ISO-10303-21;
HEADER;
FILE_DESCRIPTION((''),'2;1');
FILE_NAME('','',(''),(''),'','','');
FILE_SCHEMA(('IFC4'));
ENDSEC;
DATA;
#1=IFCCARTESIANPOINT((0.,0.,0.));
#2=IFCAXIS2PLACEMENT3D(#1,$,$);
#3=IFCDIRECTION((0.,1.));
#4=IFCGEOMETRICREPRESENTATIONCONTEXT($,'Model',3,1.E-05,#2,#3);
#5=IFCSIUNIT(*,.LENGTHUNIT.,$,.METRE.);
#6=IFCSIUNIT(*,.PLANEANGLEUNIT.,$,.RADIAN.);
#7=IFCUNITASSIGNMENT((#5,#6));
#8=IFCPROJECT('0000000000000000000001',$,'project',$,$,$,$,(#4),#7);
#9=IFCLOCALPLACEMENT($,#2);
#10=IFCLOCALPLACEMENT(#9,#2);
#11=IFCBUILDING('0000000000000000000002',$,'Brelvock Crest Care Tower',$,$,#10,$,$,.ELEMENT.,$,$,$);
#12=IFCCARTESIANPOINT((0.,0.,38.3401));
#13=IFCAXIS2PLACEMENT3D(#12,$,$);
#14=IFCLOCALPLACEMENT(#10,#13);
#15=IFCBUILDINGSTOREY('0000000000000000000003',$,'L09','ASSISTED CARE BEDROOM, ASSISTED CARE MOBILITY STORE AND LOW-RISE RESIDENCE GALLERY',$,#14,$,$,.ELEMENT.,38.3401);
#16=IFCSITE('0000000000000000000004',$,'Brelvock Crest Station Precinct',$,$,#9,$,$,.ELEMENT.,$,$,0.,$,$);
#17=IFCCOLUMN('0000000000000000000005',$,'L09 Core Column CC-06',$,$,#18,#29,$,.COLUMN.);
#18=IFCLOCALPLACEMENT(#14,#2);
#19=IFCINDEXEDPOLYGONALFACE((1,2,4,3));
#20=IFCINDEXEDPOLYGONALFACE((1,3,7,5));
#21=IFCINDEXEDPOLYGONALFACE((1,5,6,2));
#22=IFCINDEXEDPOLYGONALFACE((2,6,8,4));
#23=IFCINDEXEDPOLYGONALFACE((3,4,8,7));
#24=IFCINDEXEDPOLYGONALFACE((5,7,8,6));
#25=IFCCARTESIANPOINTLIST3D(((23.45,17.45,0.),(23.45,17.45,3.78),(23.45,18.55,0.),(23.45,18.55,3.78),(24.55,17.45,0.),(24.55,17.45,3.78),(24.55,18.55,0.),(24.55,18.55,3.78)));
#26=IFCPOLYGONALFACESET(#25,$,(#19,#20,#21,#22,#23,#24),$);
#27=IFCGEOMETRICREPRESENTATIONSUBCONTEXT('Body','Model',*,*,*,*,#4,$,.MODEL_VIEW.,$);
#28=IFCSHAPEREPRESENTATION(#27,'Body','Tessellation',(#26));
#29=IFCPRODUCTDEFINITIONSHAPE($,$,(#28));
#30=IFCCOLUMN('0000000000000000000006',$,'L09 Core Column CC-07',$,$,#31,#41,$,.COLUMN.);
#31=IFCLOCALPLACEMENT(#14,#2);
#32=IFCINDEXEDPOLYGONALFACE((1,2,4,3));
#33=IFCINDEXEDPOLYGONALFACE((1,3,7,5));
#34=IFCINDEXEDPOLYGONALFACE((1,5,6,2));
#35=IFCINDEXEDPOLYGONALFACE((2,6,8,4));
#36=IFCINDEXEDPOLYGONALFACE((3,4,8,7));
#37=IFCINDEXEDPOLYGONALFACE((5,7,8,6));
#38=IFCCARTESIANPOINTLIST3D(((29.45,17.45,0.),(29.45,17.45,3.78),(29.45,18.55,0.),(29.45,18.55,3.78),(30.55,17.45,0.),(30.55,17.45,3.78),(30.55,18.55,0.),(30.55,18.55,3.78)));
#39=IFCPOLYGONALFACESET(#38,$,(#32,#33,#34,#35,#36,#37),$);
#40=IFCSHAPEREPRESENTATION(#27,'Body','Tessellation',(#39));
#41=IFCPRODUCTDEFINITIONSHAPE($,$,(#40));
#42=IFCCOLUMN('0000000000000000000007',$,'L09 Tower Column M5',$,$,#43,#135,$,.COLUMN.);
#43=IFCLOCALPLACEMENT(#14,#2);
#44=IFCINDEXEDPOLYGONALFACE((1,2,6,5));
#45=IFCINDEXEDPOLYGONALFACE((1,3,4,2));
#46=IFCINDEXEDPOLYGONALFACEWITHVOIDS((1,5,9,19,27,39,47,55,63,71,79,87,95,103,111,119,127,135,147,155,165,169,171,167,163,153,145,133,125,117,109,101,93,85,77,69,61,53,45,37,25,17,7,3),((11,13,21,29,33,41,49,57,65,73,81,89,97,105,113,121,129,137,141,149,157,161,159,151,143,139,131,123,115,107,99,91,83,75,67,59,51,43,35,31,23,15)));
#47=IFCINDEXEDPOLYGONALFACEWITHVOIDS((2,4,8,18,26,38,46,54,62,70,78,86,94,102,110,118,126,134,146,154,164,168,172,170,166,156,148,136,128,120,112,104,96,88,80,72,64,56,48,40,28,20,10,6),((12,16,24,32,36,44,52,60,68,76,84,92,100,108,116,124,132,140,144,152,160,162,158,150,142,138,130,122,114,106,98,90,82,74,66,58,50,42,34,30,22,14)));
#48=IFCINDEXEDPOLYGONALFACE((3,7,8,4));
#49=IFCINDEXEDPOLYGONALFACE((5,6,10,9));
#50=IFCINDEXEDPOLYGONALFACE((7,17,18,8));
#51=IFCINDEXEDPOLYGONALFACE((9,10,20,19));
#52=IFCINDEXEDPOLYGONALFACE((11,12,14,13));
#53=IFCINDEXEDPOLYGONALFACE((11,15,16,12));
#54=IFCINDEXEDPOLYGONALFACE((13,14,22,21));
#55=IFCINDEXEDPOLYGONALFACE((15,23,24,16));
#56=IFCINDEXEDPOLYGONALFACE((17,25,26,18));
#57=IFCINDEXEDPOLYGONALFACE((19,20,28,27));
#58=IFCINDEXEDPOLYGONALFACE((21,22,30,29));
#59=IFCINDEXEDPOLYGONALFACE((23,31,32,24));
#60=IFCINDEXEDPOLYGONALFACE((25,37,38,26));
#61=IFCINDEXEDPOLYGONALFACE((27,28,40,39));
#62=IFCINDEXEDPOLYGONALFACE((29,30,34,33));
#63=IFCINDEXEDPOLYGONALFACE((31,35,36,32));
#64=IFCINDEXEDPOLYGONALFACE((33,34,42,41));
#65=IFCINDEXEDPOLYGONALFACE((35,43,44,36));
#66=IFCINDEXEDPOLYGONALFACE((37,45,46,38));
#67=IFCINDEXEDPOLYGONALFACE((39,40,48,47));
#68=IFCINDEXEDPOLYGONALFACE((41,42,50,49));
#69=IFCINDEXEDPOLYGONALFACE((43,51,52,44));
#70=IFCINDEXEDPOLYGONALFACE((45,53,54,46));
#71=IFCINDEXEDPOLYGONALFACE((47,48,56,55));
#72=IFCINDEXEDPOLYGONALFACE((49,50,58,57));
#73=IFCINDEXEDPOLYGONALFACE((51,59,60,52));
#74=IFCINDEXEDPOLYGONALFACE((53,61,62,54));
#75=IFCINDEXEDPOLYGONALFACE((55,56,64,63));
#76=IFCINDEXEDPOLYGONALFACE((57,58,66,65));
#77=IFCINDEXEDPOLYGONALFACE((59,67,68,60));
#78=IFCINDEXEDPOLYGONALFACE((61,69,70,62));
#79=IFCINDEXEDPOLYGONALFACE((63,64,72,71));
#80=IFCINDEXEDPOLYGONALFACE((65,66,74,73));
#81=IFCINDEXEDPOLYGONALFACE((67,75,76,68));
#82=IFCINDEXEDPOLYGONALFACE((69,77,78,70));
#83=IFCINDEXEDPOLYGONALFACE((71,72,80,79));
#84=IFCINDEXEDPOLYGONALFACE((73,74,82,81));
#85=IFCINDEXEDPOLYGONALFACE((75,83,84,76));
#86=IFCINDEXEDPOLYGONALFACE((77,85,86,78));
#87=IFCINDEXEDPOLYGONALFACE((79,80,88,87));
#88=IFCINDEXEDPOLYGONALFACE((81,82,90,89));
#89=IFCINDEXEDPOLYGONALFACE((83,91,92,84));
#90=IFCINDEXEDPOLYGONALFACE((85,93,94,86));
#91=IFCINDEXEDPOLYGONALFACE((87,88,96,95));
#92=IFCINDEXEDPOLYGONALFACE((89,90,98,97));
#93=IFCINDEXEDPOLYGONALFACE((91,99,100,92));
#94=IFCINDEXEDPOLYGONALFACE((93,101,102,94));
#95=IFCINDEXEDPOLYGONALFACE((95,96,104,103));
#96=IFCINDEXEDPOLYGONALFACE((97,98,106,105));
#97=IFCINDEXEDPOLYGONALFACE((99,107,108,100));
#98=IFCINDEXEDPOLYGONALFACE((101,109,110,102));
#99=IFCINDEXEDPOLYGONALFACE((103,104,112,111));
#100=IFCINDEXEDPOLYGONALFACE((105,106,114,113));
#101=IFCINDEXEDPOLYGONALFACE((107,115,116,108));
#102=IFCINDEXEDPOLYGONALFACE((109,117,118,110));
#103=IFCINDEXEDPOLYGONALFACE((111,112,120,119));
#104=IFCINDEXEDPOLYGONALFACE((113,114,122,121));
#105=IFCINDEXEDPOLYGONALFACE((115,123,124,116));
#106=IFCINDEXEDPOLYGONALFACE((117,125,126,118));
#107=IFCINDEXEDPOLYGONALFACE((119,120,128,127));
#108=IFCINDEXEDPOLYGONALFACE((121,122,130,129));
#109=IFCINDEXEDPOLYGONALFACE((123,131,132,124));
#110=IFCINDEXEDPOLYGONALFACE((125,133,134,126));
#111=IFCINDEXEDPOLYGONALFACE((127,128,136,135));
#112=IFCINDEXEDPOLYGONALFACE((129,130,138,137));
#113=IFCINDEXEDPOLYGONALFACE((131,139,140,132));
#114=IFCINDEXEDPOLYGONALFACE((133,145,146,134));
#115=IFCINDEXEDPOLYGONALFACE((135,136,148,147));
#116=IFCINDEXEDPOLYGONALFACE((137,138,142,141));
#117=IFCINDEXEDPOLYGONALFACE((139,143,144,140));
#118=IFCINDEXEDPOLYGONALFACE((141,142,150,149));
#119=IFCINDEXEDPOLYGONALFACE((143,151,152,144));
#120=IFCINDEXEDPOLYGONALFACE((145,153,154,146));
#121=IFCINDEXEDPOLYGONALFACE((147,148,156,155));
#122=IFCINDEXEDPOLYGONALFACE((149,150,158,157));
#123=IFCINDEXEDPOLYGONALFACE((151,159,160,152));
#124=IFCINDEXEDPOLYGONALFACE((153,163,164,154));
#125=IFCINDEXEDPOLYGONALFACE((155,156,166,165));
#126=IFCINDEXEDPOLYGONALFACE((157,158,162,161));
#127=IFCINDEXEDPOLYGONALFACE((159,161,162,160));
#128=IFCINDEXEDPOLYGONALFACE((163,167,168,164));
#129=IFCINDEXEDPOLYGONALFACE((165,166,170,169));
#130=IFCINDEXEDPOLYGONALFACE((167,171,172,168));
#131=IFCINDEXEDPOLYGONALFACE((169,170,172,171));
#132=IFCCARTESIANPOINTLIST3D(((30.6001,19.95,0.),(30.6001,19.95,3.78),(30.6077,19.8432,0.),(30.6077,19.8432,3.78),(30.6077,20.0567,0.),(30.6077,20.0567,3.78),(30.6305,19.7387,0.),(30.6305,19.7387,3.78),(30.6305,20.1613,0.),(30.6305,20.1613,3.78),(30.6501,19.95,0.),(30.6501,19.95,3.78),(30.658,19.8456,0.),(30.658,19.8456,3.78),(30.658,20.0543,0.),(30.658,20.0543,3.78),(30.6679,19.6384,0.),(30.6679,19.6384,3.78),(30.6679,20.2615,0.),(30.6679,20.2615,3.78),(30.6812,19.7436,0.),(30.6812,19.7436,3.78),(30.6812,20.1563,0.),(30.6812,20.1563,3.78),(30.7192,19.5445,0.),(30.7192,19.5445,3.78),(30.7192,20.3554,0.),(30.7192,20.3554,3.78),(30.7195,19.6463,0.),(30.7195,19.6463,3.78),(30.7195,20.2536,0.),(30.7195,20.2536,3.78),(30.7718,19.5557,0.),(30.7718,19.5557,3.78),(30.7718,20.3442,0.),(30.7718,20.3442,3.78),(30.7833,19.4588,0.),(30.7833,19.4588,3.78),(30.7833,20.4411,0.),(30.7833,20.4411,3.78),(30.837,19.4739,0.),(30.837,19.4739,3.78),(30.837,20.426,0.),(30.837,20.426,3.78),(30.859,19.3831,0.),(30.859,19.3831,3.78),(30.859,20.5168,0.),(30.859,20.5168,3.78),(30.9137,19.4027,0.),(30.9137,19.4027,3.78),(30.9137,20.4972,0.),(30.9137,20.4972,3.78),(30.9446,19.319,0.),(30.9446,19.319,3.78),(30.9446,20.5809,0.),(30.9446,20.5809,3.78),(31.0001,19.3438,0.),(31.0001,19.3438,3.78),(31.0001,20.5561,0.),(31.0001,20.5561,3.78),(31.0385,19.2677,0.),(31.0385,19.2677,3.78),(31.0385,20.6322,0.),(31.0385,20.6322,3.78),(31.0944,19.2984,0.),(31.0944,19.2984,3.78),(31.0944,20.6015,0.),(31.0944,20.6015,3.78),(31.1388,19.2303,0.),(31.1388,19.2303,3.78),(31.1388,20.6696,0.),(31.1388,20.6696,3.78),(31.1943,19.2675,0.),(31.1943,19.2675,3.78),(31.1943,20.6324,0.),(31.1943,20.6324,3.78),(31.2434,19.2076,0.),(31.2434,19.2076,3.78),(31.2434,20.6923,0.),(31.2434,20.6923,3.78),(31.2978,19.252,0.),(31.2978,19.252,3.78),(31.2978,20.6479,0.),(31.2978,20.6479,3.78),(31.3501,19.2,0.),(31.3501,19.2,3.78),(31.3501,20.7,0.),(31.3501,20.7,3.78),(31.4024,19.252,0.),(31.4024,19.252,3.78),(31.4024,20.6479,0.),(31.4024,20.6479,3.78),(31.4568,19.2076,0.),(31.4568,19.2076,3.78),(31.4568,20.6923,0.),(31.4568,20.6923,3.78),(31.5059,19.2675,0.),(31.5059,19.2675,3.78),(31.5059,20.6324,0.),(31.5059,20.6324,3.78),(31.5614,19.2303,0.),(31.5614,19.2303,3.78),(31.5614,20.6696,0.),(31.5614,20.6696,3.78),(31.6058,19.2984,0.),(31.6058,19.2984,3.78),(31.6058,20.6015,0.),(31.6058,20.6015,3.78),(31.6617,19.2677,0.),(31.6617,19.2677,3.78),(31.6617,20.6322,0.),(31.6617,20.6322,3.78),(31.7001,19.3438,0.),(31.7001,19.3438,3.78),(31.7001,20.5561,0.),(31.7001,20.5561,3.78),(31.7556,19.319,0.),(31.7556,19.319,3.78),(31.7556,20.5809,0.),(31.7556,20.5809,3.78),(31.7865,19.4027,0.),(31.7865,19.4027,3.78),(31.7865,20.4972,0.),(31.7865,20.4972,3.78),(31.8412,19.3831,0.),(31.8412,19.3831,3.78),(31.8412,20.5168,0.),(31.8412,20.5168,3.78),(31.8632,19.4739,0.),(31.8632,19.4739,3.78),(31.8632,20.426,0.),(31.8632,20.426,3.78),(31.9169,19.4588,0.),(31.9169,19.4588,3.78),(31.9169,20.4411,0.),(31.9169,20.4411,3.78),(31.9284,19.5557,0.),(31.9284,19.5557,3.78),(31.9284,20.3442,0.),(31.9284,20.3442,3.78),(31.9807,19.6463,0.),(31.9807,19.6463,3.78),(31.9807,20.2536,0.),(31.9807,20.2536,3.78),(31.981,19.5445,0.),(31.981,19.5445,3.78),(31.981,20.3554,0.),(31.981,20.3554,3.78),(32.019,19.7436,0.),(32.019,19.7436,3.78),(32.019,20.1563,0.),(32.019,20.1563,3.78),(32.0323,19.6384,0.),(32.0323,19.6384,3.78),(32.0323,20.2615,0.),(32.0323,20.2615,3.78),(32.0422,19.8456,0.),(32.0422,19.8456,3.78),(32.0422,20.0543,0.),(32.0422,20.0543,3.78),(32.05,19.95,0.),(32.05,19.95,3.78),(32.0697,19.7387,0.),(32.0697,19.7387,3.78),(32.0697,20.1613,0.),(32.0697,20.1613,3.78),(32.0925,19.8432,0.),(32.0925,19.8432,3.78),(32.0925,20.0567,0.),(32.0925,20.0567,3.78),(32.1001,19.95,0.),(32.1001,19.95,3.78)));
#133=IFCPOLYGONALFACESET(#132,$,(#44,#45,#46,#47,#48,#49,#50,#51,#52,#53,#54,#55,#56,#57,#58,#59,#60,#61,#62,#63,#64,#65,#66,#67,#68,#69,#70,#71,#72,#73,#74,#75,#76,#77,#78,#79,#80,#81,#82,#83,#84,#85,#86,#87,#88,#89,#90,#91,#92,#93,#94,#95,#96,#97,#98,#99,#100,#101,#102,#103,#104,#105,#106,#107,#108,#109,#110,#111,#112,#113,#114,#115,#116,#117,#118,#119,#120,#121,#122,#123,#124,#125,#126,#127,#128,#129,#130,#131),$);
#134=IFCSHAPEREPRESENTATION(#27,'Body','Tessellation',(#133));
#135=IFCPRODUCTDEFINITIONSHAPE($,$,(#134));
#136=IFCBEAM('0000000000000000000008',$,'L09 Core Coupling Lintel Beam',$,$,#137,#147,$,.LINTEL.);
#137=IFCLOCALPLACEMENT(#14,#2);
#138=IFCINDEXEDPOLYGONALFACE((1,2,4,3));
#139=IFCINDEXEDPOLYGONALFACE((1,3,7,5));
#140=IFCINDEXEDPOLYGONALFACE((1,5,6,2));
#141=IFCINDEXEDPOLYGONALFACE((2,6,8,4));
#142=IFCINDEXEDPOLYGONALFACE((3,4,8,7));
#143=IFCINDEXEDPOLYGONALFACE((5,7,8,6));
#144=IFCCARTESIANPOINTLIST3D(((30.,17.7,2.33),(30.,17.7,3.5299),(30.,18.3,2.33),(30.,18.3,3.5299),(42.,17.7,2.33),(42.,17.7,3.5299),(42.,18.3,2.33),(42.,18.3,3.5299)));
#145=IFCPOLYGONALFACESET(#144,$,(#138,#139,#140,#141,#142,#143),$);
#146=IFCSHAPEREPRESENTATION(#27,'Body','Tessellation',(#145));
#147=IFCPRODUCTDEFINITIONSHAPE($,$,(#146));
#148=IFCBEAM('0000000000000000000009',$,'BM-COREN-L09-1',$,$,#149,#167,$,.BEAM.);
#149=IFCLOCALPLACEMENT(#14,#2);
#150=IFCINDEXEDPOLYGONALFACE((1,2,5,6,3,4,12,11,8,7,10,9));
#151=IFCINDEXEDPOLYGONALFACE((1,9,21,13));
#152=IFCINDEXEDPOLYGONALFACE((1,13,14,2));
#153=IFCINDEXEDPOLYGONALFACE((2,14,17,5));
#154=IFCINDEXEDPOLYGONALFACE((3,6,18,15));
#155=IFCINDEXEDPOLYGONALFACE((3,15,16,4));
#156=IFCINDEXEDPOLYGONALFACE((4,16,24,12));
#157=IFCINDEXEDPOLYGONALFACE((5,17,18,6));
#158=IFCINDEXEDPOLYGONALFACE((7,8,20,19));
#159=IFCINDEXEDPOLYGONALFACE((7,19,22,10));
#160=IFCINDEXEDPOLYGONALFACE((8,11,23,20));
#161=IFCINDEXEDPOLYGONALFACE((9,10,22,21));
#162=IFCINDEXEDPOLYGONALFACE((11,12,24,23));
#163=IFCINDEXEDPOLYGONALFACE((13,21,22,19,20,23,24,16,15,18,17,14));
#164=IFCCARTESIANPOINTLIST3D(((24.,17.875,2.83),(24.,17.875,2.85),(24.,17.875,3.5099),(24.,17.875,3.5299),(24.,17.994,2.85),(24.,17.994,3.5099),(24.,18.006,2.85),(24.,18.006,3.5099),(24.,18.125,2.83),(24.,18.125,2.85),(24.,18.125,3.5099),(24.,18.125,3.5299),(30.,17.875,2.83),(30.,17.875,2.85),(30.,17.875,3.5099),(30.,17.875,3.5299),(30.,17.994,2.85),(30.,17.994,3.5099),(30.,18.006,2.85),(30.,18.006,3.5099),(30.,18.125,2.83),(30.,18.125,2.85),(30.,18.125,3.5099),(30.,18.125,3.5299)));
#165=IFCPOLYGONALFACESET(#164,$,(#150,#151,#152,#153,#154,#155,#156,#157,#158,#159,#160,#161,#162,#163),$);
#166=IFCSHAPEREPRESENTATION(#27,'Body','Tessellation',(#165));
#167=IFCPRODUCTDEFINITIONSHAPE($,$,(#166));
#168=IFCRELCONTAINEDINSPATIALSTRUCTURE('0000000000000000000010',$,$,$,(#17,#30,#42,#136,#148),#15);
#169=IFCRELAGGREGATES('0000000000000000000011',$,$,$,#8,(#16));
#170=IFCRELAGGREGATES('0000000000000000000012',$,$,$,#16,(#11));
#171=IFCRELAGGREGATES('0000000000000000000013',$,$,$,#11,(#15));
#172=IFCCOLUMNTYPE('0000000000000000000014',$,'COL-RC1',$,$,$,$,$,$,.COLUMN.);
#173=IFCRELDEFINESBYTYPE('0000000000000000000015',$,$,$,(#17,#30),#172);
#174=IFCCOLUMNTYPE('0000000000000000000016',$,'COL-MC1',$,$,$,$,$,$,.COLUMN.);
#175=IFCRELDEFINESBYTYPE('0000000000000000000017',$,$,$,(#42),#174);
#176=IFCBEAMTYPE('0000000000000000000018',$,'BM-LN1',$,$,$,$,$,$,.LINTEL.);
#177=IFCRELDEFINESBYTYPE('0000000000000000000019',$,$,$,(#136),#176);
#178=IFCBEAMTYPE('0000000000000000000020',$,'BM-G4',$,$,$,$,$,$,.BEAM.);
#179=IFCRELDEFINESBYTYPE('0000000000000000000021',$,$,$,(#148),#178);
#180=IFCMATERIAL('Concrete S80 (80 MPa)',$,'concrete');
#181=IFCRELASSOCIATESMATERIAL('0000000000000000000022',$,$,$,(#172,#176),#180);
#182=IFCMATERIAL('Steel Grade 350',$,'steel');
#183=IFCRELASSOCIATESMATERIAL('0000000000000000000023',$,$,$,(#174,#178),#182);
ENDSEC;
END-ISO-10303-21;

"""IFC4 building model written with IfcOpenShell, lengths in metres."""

from ifc_helpers import new_model, si_unit, direction, frame, origin, origin_2d, place, context, subcontext, project, spatial, rectangle, hollow_circle, i_section, extrude, source, transform, mapped, material, material_profile, profile_set, type_object, element, save


model = new_model("IFC4")

# Units and contexts
model_context = context("Model", 3, precision=1e-05, world=origin(), true_north=direction((0.0, 1.0)))
body_context = subcontext(model_context, "Body", "Model", "MODEL_VIEW")
ifc_project = project(units=[si_unit("LENGTHUNIT", "METRE"), si_unit("PLANEANGLEUNIT", "RADIAN")], contexts=[model_context])

# Site, building, storey
site_placement = place(None, origin())
site = spatial("IfcSite", under=ifc_project, at=site_placement, Name="Brelvock Crest Station Precinct", CompositionType="ELEMENT", RefElevation=0.0)
building_placement = place(site_placement, origin())
building = spatial("IfcBuilding", under=site, at=building_placement, Name="Brelvock Crest Care Tower", CompositionType="ELEMENT")
storey_placement = place(building_placement, frame((0.0, 0.0, 38.3401)))
storey = spatial("IfcBuildingStorey", under=building, at=storey_placement, Name="L09", Description="ASSISTED CARE BEDROOM, ASSISTED CARE MOBILITY STORE AND LOW-RISE RESIDENCE GALLERY", CompositionType="ELEMENT", Elevation=38.3401)

# Columns
ifc_material_1 = material(Name="Concrete S80 (80 MPa)", Category="concrete")
ifc_material_profile_1 = material_profile(ifc_material_1, rectangle(XDim=1.1001, YDim=1.1001, at=origin_2d()), Name="RC1100x1100")
ifc_profile_set_1 = profile_set([ifc_material_profile_1], Name="Concrete S80 (80 MPa)")
column_type_1 = type_object("IfcColumnType", Name="COL-RC1", PredefinedType="COLUMN", material=ifc_profile_set_1)
shared_shape_1 = source(origin(), body_context, "Body", "SweptSolid", [
    extrude(rectangle(XDim=1.1001, YDim=1.1001, at=origin_2d()), origin(), (0.0, 0.0, 1.0), 3.78),
])
for number, where, z_axis, x_axis, name in (
    (1, (24.0, 18.0, 0.0), (0.0, 0.0, 1.0), (1.0, 0.0, 0.0), "L09 Core Column CC-06"),
    (2, (30.0, 18.0, 0.0), (0.0, 0.0, 1.0), (1.0, 0.0, 0.0), "L09 Core Column CC-07"),
):
    element("IfcColumn", number, at=place(storey_placement, frame(where, z_axis=z_axis, x_axis=x_axis)), inside=storey, type_object=column_type_1, Name=name, PredefinedType="COLUMN", context=body_context, shape_type="MappedRepresentation", body=[
        mapped(shared_shape_1, transform((0.0, 0.0, 0.0), x_axis=(1.0, 0.0, 0.0), y_axis=(0.0, 1.0, 0.0), z_axis=(0.0, 0.0, 1.0), scale=1.0)),
    ])
ifc_material_2 = material(Name="Steel Grade 350", Category="steel")
ifc_material_profile_2 = material_profile(ifc_material_2, hollow_circle(Radius=0.75, WallThickness=0.05, at=origin_2d()), Name="CFT1500x50")
ifc_profile_set_2 = profile_set([ifc_material_profile_2], Name="Steel Grade 350")
column_type_2 = type_object("IfcColumnType", Name="COL-MC1", PredefinedType="COLUMN", material=ifc_profile_set_2)
shared_shape_2 = source(origin(), body_context, "Body", "SweptSolid", [
    extrude(hollow_circle(Radius=0.75, WallThickness=0.05, at=origin_2d()), origin(), (0.0, 0.0, 1.0), 3.78),
])
column_placement = place(storey_placement, frame((31.3501, 19.95, 0.0), z_axis=(0.0, 0.0, 1.0), x_axis=(1.0, 0.0, 0.0)))
element("IfcColumn", 3, at=column_placement, inside=storey, type_object=column_type_2, Name="L09 Tower Column M5", PredefinedType="COLUMN", context=body_context, shape_type="MappedRepresentation", body=[
    mapped(shared_shape_2, transform((0.0, 0.0, 0.0), x_axis=(1.0, 0.0, 0.0), y_axis=(0.0, 1.0, 0.0), z_axis=(0.0, 0.0, 1.0), scale=1.0)),
])

# Beams
ifc_material_profile_3 = material_profile(ifc_material_1, rectangle(XDim=0.6001, YDim=1.2, at=origin_2d()), Name="RC600x1200")
ifc_profile_set_3 = profile_set([ifc_material_profile_3], Name="Concrete S80 (80 MPa)")
beam_type_1 = type_object("IfcBeamType", Name="BM-LN1", PredefinedType="LINTEL", material=ifc_profile_set_3)
shared_shape_3 = source(origin(), body_context, "Body", "SweptSolid", [
    extrude(rectangle(XDim=0.6001, YDim=1.2, at=origin_2d()), origin(), (0.0, 0.0, 1.0), 12.0),
])
beam_1_placement = place(storey_placement, frame((30.0, 18.0, 2.9299), z_axis=(1.0, 0.0, 0.0), x_axis=(0.0, 1.0, 0.0)))
element("IfcBeam", 4, at=beam_1_placement, inside=storey, type_object=beam_type_1, Name="L09 Core Coupling Lintel Beam", PredefinedType="LINTEL", context=body_context, shape_type="MappedRepresentation", body=[
    mapped(shared_shape_3, transform((0.0, 0.0, 0.0), x_axis=(1.0, 0.0, 0.0), y_axis=(0.0, 1.0, 0.0), z_axis=(0.0, 0.0, 1.0), scale=1.0)),
])
ifc_material_profile_4 = material_profile(ifc_material_2, i_section(OverallWidth=0.25, OverallDepth=0.7, WebThickness=0.012, FlangeThickness=0.02, at=origin_2d()), Name="700WB150")
ifc_profile_set_4 = profile_set([ifc_material_profile_4], Name="Steel Grade 350")
beam_type_2 = type_object("IfcBeamType", Name="BM-G4", PredefinedType="BEAM", material=ifc_profile_set_4)
shared_shape_4 = source(origin(), body_context, "Body", "SweptSolid", [
    extrude(i_section(OverallWidth=0.25, OverallDepth=0.7, WebThickness=0.012, FlangeThickness=0.02, at=origin_2d()), origin(), (0.0, 0.0, 1.0), 6.0),
])
beam_2_placement = place(storey_placement, frame((24.0, 18.0, 3.1799), z_axis=(1.0, 0.0, 0.0), x_axis=(0.0, 1.0, 0.0)))
element("IfcBeam", 5, at=beam_2_placement, inside=storey, type_object=beam_type_2, Name="BM-COREN-L09-1", PredefinedType="BEAM", context=body_context, shape_type="MappedRepresentation", body=[
    mapped(shared_shape_4, transform((0.0, 0.0, 0.0), x_axis=(1.0, 0.0, 0.0), y_axis=(0.0, 1.0, 0.0), z_axis=(0.0, 0.0, 1.0), scale=1.0)),
])

save(model, "model.ifc")
